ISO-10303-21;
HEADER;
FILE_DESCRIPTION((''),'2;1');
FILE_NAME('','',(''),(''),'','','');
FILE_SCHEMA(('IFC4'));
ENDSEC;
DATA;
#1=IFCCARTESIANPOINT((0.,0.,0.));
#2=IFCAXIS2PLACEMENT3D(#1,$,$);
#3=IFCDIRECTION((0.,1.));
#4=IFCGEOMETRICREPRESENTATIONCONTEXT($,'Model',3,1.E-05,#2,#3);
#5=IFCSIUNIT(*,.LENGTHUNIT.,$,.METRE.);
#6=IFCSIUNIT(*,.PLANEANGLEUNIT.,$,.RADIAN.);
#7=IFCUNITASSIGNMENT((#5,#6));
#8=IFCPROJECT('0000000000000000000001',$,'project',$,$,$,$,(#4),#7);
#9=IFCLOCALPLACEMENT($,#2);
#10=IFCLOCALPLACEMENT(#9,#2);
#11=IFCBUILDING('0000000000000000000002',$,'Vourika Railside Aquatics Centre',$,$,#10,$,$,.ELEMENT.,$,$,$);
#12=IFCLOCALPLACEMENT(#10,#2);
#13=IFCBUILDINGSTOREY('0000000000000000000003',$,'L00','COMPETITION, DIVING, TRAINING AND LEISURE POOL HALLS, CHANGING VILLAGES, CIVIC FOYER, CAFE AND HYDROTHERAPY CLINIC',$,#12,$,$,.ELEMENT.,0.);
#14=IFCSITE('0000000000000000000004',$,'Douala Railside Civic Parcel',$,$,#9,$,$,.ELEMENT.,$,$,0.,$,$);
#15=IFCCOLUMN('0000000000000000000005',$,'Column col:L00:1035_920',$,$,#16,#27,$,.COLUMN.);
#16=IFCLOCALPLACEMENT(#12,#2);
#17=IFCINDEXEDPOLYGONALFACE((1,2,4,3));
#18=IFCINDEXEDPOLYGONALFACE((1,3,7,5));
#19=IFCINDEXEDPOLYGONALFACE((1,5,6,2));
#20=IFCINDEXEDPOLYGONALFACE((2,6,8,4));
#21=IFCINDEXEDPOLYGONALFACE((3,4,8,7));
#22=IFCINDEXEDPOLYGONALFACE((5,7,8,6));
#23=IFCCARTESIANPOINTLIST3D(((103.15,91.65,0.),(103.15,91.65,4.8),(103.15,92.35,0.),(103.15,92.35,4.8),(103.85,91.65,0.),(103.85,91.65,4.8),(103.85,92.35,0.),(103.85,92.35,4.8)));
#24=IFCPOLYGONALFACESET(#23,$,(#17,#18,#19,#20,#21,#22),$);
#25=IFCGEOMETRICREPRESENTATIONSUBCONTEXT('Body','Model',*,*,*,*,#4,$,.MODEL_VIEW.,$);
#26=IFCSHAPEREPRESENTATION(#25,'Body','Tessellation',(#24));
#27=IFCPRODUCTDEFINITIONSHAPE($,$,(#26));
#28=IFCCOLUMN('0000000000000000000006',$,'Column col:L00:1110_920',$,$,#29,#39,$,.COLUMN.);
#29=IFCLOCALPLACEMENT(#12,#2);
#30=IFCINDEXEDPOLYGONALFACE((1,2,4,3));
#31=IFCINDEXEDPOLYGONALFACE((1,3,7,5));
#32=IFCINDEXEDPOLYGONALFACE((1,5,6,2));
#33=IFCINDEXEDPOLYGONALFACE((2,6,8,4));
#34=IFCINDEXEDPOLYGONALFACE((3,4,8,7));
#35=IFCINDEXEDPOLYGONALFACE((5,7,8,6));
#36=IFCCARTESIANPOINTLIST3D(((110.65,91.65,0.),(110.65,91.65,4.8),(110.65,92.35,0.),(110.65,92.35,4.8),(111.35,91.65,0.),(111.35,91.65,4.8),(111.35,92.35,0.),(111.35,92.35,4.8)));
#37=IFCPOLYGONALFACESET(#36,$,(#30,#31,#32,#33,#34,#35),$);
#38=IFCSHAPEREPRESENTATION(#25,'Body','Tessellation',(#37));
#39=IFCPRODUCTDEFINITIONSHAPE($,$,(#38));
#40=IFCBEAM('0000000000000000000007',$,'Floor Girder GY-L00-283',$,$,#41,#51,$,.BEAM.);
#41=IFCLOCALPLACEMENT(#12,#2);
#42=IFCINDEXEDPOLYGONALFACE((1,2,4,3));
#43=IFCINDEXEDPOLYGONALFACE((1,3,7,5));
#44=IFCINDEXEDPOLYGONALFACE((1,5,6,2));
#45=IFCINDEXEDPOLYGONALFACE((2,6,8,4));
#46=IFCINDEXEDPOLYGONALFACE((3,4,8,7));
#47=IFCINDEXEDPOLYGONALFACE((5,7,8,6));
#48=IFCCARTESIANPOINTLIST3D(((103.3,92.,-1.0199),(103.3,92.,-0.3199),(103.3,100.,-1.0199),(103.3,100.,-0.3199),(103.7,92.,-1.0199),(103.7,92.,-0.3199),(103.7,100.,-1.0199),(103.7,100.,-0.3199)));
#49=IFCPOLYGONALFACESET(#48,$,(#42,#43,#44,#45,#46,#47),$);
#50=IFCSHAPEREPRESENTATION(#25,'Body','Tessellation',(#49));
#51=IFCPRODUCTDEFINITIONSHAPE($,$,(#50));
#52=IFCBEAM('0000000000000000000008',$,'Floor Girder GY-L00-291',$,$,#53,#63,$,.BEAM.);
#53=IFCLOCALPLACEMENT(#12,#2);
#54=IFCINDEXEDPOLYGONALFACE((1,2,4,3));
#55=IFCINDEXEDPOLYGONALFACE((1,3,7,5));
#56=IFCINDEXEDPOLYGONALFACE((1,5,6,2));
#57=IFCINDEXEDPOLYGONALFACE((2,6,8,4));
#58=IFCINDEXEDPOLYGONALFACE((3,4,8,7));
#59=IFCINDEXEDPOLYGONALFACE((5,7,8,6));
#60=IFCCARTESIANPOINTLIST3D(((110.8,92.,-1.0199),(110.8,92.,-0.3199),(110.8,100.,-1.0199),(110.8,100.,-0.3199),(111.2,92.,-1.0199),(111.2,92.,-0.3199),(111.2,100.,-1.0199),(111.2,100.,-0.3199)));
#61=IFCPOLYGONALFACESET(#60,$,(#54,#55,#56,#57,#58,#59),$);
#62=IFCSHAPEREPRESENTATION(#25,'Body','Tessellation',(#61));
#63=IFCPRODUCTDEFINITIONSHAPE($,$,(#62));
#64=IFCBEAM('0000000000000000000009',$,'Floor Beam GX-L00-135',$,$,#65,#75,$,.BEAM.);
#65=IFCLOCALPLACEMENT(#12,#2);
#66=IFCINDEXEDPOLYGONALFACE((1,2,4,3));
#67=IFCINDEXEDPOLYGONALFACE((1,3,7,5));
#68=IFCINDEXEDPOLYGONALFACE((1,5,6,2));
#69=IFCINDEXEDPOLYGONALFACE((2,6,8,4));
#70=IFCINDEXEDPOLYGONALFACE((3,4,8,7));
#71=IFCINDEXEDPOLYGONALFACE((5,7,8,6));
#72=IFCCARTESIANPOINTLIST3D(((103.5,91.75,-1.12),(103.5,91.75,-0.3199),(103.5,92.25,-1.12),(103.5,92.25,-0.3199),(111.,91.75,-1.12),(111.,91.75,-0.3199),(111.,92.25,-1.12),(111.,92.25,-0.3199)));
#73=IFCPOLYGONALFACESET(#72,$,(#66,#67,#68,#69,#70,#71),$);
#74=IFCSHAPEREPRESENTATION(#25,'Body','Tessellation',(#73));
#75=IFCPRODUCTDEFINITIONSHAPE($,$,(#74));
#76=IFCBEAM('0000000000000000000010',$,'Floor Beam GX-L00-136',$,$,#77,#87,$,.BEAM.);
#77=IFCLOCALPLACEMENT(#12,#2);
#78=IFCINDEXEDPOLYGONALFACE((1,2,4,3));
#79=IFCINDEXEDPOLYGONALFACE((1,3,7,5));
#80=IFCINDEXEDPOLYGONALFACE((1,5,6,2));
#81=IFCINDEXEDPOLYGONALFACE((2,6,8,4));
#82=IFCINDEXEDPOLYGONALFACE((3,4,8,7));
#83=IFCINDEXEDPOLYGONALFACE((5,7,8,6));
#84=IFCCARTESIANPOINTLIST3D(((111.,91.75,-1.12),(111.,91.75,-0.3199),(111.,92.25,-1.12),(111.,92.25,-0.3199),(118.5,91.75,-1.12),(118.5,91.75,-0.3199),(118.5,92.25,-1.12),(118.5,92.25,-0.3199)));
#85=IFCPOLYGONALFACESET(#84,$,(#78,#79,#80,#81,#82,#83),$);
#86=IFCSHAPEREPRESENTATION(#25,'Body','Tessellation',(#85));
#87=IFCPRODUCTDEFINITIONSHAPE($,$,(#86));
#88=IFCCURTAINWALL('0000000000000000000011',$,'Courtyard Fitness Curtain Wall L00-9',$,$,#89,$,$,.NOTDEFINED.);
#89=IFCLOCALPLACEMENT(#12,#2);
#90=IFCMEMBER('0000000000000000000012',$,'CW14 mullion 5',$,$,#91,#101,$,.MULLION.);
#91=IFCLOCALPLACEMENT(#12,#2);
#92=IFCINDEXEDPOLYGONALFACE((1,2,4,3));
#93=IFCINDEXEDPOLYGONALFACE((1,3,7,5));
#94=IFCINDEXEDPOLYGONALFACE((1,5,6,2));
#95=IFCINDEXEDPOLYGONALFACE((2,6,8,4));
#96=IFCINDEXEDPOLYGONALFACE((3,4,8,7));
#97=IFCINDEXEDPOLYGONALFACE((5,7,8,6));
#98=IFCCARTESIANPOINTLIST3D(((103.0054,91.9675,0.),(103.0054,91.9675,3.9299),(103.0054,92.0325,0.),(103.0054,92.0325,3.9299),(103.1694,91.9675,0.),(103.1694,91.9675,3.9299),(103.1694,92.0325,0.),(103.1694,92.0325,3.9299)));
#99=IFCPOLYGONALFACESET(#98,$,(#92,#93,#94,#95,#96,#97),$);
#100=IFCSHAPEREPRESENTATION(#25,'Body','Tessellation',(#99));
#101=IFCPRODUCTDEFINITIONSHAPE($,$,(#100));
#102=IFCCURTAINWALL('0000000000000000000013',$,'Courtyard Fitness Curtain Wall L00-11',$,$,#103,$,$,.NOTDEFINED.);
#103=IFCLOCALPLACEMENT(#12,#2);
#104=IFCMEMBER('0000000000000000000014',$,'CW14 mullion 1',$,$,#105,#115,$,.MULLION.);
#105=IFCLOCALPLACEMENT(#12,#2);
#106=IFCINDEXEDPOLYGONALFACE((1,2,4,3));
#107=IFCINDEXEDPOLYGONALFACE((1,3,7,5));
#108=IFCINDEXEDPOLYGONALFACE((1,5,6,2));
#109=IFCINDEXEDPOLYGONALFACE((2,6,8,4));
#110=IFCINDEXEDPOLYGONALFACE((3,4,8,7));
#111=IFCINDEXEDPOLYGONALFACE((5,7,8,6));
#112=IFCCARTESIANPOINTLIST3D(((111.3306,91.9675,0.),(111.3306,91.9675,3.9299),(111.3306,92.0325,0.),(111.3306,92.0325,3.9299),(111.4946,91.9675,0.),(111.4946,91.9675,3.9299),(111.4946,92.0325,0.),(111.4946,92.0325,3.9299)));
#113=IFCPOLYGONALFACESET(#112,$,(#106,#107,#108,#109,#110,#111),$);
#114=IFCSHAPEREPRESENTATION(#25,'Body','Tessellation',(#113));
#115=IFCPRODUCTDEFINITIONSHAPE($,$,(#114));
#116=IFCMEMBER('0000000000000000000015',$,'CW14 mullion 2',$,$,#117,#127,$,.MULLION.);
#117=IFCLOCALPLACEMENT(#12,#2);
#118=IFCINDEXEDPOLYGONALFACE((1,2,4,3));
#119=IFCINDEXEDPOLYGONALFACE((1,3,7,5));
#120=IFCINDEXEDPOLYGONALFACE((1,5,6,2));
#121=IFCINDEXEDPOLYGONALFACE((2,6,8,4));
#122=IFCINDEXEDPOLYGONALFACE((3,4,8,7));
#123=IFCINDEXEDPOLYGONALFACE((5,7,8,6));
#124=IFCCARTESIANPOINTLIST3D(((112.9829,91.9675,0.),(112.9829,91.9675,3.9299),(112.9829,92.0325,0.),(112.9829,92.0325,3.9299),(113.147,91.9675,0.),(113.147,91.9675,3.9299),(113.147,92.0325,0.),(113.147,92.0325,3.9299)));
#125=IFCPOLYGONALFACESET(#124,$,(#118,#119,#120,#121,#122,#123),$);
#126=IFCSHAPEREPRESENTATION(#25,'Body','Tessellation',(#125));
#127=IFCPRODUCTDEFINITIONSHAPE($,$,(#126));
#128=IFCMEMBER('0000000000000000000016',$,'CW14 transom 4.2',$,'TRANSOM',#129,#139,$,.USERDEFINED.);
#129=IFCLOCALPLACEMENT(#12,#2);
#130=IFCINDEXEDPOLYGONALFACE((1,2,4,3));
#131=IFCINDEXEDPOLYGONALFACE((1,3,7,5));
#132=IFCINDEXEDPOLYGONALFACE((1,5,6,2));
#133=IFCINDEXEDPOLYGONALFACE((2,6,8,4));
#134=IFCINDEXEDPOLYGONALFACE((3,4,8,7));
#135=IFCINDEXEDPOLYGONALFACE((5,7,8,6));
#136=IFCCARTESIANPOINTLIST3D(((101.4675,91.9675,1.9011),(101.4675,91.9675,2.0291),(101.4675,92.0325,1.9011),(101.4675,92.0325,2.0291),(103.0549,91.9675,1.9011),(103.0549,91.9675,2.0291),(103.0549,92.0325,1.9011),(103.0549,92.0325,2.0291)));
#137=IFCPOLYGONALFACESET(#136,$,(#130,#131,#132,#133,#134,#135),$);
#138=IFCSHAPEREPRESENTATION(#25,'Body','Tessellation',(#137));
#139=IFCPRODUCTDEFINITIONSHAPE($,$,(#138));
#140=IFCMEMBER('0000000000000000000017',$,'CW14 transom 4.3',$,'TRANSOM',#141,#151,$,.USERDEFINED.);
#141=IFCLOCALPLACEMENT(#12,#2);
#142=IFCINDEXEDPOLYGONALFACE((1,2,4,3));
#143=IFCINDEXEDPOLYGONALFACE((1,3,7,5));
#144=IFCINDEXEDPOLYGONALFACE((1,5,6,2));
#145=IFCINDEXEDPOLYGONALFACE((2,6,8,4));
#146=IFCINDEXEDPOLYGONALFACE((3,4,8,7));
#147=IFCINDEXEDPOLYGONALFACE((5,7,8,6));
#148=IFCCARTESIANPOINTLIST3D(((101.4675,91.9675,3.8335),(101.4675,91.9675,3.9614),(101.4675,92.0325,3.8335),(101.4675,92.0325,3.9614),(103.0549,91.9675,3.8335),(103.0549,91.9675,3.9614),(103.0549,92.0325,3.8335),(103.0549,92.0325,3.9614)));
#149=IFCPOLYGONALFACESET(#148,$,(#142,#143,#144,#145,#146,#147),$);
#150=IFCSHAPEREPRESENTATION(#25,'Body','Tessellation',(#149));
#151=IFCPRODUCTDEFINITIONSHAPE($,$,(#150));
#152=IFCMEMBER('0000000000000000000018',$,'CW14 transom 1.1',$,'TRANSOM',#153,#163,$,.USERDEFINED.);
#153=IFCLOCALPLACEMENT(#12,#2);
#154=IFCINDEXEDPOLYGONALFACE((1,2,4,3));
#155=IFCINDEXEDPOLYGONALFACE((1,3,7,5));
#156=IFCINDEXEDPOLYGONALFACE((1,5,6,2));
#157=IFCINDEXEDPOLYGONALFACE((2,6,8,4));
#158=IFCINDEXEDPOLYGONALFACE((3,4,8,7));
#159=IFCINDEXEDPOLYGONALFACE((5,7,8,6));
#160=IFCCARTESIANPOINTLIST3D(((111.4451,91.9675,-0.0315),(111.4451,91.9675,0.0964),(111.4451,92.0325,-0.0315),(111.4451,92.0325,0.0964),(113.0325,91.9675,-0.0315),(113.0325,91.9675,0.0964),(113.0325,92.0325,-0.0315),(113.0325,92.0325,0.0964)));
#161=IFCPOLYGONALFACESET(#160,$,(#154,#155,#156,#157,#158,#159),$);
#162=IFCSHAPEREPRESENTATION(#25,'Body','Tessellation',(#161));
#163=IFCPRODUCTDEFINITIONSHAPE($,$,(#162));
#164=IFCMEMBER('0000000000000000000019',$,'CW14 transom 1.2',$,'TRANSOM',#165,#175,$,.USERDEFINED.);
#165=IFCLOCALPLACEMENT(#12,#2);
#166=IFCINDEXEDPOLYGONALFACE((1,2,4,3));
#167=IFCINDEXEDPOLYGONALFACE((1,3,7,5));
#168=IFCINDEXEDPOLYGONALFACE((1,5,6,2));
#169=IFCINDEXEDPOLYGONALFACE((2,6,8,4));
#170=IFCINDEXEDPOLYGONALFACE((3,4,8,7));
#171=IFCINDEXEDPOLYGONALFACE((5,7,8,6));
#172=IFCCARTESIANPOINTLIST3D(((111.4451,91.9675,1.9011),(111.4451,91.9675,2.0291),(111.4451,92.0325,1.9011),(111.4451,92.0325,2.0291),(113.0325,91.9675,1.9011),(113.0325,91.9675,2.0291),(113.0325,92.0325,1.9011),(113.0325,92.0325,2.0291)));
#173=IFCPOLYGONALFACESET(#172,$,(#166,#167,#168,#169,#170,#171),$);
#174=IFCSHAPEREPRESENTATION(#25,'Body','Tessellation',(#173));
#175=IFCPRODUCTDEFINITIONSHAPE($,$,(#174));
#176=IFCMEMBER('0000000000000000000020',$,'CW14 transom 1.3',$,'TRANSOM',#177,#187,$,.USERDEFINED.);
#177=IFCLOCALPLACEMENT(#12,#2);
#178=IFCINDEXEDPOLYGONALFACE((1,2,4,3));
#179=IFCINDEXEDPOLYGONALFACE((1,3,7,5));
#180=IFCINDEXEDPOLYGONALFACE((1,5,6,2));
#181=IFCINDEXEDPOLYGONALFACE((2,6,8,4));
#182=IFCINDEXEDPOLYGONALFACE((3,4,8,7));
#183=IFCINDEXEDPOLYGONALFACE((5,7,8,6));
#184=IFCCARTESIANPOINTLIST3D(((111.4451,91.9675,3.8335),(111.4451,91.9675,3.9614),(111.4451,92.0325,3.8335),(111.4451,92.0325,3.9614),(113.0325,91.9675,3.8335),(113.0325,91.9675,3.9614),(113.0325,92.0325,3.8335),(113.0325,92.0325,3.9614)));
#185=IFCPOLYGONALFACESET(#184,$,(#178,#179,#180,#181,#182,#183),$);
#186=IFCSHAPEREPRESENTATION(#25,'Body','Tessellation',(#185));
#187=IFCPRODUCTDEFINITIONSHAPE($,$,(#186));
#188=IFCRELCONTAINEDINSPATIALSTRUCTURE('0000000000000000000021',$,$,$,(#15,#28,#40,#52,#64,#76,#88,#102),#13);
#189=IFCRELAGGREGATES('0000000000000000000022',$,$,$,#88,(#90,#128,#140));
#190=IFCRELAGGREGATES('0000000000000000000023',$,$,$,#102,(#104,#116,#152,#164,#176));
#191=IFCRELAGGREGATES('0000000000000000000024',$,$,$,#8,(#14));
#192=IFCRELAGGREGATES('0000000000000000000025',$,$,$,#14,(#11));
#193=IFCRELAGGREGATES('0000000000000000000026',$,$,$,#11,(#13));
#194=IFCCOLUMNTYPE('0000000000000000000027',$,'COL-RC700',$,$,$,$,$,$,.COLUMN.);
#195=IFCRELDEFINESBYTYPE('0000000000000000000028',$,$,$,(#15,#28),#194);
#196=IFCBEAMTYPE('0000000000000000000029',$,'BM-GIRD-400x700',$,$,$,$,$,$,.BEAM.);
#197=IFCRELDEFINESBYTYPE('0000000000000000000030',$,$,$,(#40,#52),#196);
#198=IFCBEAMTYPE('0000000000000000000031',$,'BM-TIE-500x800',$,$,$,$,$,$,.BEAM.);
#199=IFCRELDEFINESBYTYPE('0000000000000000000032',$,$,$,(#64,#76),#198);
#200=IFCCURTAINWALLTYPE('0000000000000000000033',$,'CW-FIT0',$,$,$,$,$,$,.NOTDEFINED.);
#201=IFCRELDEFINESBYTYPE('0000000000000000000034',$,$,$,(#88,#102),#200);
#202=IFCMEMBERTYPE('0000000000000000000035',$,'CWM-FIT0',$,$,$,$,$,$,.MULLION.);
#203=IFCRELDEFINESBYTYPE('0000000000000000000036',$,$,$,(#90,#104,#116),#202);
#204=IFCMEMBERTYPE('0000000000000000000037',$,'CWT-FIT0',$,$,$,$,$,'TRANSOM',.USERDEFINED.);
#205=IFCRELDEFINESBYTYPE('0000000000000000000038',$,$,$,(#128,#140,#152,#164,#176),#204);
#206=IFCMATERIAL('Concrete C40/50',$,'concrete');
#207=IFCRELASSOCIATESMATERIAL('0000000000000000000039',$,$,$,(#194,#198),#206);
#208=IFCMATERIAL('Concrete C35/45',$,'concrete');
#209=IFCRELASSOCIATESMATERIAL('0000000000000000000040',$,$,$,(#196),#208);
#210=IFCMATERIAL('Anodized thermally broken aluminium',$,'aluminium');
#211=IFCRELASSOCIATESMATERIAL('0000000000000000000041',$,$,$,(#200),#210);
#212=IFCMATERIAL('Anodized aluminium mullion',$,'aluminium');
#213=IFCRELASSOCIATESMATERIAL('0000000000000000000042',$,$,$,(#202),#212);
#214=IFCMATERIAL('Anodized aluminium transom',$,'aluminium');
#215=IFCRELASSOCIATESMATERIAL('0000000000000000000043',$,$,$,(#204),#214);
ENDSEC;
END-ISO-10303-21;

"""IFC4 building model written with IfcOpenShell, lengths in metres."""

from ifc_helpers import new_model, si_unit, direction, frame, origin, origin_2d, place, context, subcontext, project, spatial, rectangle, extrude, material, material_profile, profile_set, type_object, element, aggregate, save


model = new_model("IFC4")

# Units and contexts
model_context = context("Model", 3, precision=1e-05, world=origin(), true_north=direction((0.0, 1.0)))
body_context = subcontext(model_context, "Body", "Model", "MODEL_VIEW")
ifc_project = project(units=[si_unit("LENGTHUNIT", "METRE"), si_unit("PLANEANGLEUNIT", "RADIAN")], contexts=[model_context])

# Site, building, storey
site_placement = place(None, origin())
site = spatial("IfcSite", under=ifc_project, at=site_placement, Name="Douala Railside Civic Parcel", CompositionType="ELEMENT", RefElevation=0.0)
building_placement = place(site_placement, origin())
building = spatial("IfcBuilding", under=site, at=building_placement, Name="Vourika Railside Aquatics Centre", CompositionType="ELEMENT")
storey_placement = place(building_placement, origin())
storey = spatial("IfcBuildingStorey", under=building, at=storey_placement, Name="L00", Description="COMPETITION, DIVING, TRAINING AND LEISURE POOL HALLS, CHANGING VILLAGES, CIVIC FOYER, CAFE AND HYDROTHERAPY CLINIC", CompositionType="ELEMENT", Elevation=0.0)

# Columns
ifc_material_1 = material(Name="Concrete C40/50", Category="concrete")
ifc_material_profile_1 = material_profile(ifc_material_1, rectangle(XDim=0.7, YDim=0.7, at=origin_2d()), Name="RC 700x700")
ifc_profile_set_1 = profile_set([ifc_material_profile_1], Name="Concrete C40/50")
column_type = type_object("IfcColumnType", Name="COL-RC700", PredefinedType="COLUMN", material=ifc_profile_set_1)
for number, where, z_axis, x_axis, name in (
    (1, (103.5, 92.0, 0.0), (0.0, 0.0, 1.0), (1.0, 0.0, 0.0), "Column col:L00:1035_920"),
    (2, (111.0, 92.0, 0.0), (0.0, 0.0, 1.0), (1.0, 0.0, 0.0), "Column col:L00:1110_920"),
):
    element("IfcColumn", number, at=place(storey_placement, frame(where, z_axis=z_axis, x_axis=x_axis)), inside=storey, type_object=column_type, Name=name, PredefinedType="COLUMN", context=body_context, shape_type="SweptSolid", body=[
        extrude(rectangle(XDim=0.7, YDim=0.7, at=origin_2d()), origin(), (0.0, 0.0, 1.0), 4.8),
    ])

# Beams
ifc_material_2 = material(Name="Concrete C35/45", Category="concrete")
ifc_material_profile_2 = material_profile(ifc_material_2, rectangle(XDim=0.3999, YDim=0.7, at=origin_2d()), Name="RC 400x700")
ifc_profile_set_2 = profile_set([ifc_material_profile_2], Name="Concrete C35/45")
beam_type_1 = type_object("IfcBeamType", Name="BM-GIRD-400x700", PredefinedType="BEAM", material=ifc_profile_set_2)
for number, where, z_axis, x_axis, name in (
    (3, (103.5, 92.0, -0.6699), (0.0, 1.0, 0.0), (-1.0, 0.0, 0.0), "Floor Girder GY-L00-283"),
    (4, (111.0, 92.0, -0.6699), (0.0, 1.0, 0.0), (-1.0, 0.0, 0.0), "Floor Girder GY-L00-291"),
):
    element("IfcBeam", number, at=place(storey_placement, frame(where, z_axis=z_axis, x_axis=x_axis)), inside=storey, type_object=beam_type_1, Name=name, PredefinedType="BEAM", context=body_context, shape_type="SweptSolid", body=[
        extrude(rectangle(XDim=0.3999, YDim=0.7, at=origin_2d()), origin(), (0.0, 0.0, 1.0), 8.0),
    ])
ifc_material_profile_3 = material_profile(ifc_material_1, rectangle(XDim=0.5, YDim=0.8, at=origin_2d()), Name="RC 500x800")
ifc_profile_set_3 = profile_set([ifc_material_profile_3], Name="Concrete C40/50")
beam_type_2 = type_object("IfcBeamType", Name="BM-TIE-500x800", PredefinedType="BEAM", material=ifc_profile_set_3)
for number, where, z_axis, x_axis, name in (
    (5, (103.5, 92.0, -0.72), (1.0, 0.0, 0.0), (0.0, 1.0, 0.0), "Floor Beam GX-L00-135"),
    (6, (111.0, 92.0, -0.72), (1.0, 0.0, 0.0), (0.0, 1.0, 0.0), "Floor Beam GX-L00-136"),
):
    element("IfcBeam", number, at=place(storey_placement, frame(where, z_axis=z_axis, x_axis=x_axis)), inside=storey, type_object=beam_type_2, Name=name, PredefinedType="BEAM", context=body_context, shape_type="SweptSolid", body=[
        extrude(rectangle(XDim=0.5, YDim=0.8, at=origin_2d()), origin(), (0.0, 0.0, 1.0), 7.5),
    ])

# Curtain wall, member
ifc_material_3 = material(Name="Anodized thermally broken aluminium", Category="aluminium")
curtain_wall_type = type_object("IfcCurtainWallType", Name="CW-FIT0", PredefinedType="NOTDEFINED", material=ifc_material_3)
curtain_wall_1_placement = place(storey_placement, origin())
curtain_wall_1 = element("IfcCurtainWall", 7, at=curtain_wall_1_placement, inside=storey, type_object=curtain_wall_type, Name="Courtyard Fitness Curtain Wall L00-9", PredefinedType="NOTDEFINED")
ifc_material_4 = material(Name="Anodized aluminium mullion", Category="aluminium")
ifc_material_profile_4 = material_profile(ifc_material_4, rectangle(XDim=0.0649, YDim=0.1641, at=origin_2d()), Name="ALU-M 65x164")
ifc_profile_set_4 = profile_set([ifc_material_profile_4], Name="Anodized aluminium mullion")
member_type_1 = type_object("IfcMemberType", Name="CWM-FIT0", PredefinedType="MULLION", material=ifc_profile_set_4)
member_1_placement = place(storey_placement, frame((103.0874, 92.0, 0.0), z_axis=(0.0, 0.0, 1.0), x_axis=(0.0, 1.0, 0.0)))
member_1 = element("IfcMember", 8, at=member_1_placement, type_object=member_type_1, Name="CW14 mullion 5", PredefinedType="MULLION", context=body_context, shape_type="SweptSolid", body=[
    extrude(rectangle(XDim=0.0649, YDim=0.1641, at=origin_2d()), origin(), (0.0, 0.0, 1.0), 3.9299),
])

# Curtain wall, members
curtain_wall_2_placement = place(storey_placement, origin())
curtain_wall_2 = element("IfcCurtainWall", 9, at=curtain_wall_2_placement, inside=storey, type_object=curtain_wall_type, Name="Courtyard Fitness Curtain Wall L00-11", PredefinedType="NOTDEFINED")
member_2_placement = place(storey_placement, frame((111.4126, 92.0, 0.0), z_axis=(0.0, 0.0, 1.0), x_axis=(0.0, 1.0, 0.0)))
member_2 = element("IfcMember", 10, at=member_2_placement, type_object=member_type_1, Name="CW14 mullion 1", PredefinedType="MULLION", context=body_context, shape_type="SweptSolid", body=[
    extrude(rectangle(XDim=0.0649, YDim=0.1641, at=origin_2d()), origin(), (0.0, 0.0, 1.0), 3.9299),
])
member_3_placement = place(storey_placement, frame((113.0649, 92.0, 0.0), z_axis=(0.0, 0.0, 1.0), x_axis=(0.0, 1.0, 0.0)))
member_3 = element("IfcMember", 11, at=member_3_placement, type_object=member_type_1, Name="CW14 mullion 2", PredefinedType="MULLION", context=body_context, shape_type="SweptSolid", body=[
    extrude(rectangle(XDim=0.0649, YDim=0.1641, at=origin_2d()), origin(), (0.0, 0.0, 1.0), 3.9299),
])

# Members
ifc_material_5 = material(Name="Anodized aluminium transom", Category="aluminium")
ifc_material_profile_5 = material_profile(ifc_material_5, rectangle(XDim=0.0649, YDim=0.1279, at=origin_2d()), Name="ALU-T 65x128")
ifc_profile_set_5 = profile_set([ifc_material_profile_5], Name="Anodized aluminium transom")
member_type_2 = type_object("IfcMemberType", Name="CWT-FIT0", ElementType="TRANSOM", PredefinedType="USERDEFINED", material=ifc_profile_set_5)
member_4_placement = place(storey_placement, frame((101.4675, 92.0, 1.9651), z_axis=(1.0, 0.0, 0.0), x_axis=(0.0, 1.0, 0.0)))
member_4 = element("IfcMember", 12, at=member_4_placement, type_object=member_type_2, Name="CW14 transom 4.2", ObjectType="TRANSOM", PredefinedType="USERDEFINED", context=body_context, shape_type="SweptSolid", body=[
    extrude(rectangle(XDim=0.0649, YDim=0.1279, at=origin_2d()), origin(), (0.0, 0.0, 1.0), 1.5874),
])
member_5_placement = place(storey_placement, frame((101.4675, 92.0, 3.8975), z_axis=(1.0, 0.0, 0.0), x_axis=(0.0, 1.0, 0.0)))
member_5 = element("IfcMember", 13, at=member_5_placement, type_object=member_type_2, Name="CW14 transom 4.3", ObjectType="TRANSOM", PredefinedType="USERDEFINED", context=body_context, shape_type="SweptSolid", body=[
    extrude(rectangle(XDim=0.0649, YDim=0.1279, at=origin_2d()), origin(), (0.0, 0.0, 1.0), 1.5874),
])
member_6_placement = place(storey_placement, frame((111.4451, 92.0, 0.0325), z_axis=(1.0, 0.0, 0.0), x_axis=(0.0, 1.0, 0.0)))
member_6 = element("IfcMember", 14, at=member_6_placement, type_object=member_type_2, Name="CW14 transom 1.1", ObjectType="TRANSOM", PredefinedType="USERDEFINED", context=body_context, shape_type="SweptSolid", body=[
    extrude(rectangle(XDim=0.0649, YDim=0.1279, at=origin_2d()), origin(), (0.0, 0.0, 1.0), 1.5874),
])
member_7_placement = place(storey_placement, frame((111.4451, 92.0, 1.9651), z_axis=(1.0, 0.0, 0.0), x_axis=(0.0, 1.0, 0.0)))
member_7 = element("IfcMember", 15, at=member_7_placement, type_object=member_type_2, Name="CW14 transom 1.2", ObjectType="TRANSOM", PredefinedType="USERDEFINED", context=body_context, shape_type="SweptSolid", body=[
    extrude(rectangle(XDim=0.0649, YDim=0.1279, at=origin_2d()), origin(), (0.0, 0.0, 1.0), 1.5874),
])
member_8_placement = place(storey_placement, frame((111.4451, 92.0, 3.8975), z_axis=(1.0, 0.0, 0.0), x_axis=(0.0, 1.0, 0.0)))
member_8 = element("IfcMember", 16, at=member_8_placement, type_object=member_type_2, Name="CW14 transom 1.3", ObjectType="TRANSOM", PredefinedType="USERDEFINED", context=body_context, shape_type="SweptSolid", body=[
    extrude(rectangle(XDim=0.0649, YDim=0.1279, at=origin_2d()), origin(), (0.0, 0.0, 1.0), 1.5874),
])

aggregate(curtain_wall_1, [member_1, member_4, member_5])
aggregate(curtain_wall_2, [member_2, member_3, member_6, member_7, member_8])

save(model, "model.ifc")
